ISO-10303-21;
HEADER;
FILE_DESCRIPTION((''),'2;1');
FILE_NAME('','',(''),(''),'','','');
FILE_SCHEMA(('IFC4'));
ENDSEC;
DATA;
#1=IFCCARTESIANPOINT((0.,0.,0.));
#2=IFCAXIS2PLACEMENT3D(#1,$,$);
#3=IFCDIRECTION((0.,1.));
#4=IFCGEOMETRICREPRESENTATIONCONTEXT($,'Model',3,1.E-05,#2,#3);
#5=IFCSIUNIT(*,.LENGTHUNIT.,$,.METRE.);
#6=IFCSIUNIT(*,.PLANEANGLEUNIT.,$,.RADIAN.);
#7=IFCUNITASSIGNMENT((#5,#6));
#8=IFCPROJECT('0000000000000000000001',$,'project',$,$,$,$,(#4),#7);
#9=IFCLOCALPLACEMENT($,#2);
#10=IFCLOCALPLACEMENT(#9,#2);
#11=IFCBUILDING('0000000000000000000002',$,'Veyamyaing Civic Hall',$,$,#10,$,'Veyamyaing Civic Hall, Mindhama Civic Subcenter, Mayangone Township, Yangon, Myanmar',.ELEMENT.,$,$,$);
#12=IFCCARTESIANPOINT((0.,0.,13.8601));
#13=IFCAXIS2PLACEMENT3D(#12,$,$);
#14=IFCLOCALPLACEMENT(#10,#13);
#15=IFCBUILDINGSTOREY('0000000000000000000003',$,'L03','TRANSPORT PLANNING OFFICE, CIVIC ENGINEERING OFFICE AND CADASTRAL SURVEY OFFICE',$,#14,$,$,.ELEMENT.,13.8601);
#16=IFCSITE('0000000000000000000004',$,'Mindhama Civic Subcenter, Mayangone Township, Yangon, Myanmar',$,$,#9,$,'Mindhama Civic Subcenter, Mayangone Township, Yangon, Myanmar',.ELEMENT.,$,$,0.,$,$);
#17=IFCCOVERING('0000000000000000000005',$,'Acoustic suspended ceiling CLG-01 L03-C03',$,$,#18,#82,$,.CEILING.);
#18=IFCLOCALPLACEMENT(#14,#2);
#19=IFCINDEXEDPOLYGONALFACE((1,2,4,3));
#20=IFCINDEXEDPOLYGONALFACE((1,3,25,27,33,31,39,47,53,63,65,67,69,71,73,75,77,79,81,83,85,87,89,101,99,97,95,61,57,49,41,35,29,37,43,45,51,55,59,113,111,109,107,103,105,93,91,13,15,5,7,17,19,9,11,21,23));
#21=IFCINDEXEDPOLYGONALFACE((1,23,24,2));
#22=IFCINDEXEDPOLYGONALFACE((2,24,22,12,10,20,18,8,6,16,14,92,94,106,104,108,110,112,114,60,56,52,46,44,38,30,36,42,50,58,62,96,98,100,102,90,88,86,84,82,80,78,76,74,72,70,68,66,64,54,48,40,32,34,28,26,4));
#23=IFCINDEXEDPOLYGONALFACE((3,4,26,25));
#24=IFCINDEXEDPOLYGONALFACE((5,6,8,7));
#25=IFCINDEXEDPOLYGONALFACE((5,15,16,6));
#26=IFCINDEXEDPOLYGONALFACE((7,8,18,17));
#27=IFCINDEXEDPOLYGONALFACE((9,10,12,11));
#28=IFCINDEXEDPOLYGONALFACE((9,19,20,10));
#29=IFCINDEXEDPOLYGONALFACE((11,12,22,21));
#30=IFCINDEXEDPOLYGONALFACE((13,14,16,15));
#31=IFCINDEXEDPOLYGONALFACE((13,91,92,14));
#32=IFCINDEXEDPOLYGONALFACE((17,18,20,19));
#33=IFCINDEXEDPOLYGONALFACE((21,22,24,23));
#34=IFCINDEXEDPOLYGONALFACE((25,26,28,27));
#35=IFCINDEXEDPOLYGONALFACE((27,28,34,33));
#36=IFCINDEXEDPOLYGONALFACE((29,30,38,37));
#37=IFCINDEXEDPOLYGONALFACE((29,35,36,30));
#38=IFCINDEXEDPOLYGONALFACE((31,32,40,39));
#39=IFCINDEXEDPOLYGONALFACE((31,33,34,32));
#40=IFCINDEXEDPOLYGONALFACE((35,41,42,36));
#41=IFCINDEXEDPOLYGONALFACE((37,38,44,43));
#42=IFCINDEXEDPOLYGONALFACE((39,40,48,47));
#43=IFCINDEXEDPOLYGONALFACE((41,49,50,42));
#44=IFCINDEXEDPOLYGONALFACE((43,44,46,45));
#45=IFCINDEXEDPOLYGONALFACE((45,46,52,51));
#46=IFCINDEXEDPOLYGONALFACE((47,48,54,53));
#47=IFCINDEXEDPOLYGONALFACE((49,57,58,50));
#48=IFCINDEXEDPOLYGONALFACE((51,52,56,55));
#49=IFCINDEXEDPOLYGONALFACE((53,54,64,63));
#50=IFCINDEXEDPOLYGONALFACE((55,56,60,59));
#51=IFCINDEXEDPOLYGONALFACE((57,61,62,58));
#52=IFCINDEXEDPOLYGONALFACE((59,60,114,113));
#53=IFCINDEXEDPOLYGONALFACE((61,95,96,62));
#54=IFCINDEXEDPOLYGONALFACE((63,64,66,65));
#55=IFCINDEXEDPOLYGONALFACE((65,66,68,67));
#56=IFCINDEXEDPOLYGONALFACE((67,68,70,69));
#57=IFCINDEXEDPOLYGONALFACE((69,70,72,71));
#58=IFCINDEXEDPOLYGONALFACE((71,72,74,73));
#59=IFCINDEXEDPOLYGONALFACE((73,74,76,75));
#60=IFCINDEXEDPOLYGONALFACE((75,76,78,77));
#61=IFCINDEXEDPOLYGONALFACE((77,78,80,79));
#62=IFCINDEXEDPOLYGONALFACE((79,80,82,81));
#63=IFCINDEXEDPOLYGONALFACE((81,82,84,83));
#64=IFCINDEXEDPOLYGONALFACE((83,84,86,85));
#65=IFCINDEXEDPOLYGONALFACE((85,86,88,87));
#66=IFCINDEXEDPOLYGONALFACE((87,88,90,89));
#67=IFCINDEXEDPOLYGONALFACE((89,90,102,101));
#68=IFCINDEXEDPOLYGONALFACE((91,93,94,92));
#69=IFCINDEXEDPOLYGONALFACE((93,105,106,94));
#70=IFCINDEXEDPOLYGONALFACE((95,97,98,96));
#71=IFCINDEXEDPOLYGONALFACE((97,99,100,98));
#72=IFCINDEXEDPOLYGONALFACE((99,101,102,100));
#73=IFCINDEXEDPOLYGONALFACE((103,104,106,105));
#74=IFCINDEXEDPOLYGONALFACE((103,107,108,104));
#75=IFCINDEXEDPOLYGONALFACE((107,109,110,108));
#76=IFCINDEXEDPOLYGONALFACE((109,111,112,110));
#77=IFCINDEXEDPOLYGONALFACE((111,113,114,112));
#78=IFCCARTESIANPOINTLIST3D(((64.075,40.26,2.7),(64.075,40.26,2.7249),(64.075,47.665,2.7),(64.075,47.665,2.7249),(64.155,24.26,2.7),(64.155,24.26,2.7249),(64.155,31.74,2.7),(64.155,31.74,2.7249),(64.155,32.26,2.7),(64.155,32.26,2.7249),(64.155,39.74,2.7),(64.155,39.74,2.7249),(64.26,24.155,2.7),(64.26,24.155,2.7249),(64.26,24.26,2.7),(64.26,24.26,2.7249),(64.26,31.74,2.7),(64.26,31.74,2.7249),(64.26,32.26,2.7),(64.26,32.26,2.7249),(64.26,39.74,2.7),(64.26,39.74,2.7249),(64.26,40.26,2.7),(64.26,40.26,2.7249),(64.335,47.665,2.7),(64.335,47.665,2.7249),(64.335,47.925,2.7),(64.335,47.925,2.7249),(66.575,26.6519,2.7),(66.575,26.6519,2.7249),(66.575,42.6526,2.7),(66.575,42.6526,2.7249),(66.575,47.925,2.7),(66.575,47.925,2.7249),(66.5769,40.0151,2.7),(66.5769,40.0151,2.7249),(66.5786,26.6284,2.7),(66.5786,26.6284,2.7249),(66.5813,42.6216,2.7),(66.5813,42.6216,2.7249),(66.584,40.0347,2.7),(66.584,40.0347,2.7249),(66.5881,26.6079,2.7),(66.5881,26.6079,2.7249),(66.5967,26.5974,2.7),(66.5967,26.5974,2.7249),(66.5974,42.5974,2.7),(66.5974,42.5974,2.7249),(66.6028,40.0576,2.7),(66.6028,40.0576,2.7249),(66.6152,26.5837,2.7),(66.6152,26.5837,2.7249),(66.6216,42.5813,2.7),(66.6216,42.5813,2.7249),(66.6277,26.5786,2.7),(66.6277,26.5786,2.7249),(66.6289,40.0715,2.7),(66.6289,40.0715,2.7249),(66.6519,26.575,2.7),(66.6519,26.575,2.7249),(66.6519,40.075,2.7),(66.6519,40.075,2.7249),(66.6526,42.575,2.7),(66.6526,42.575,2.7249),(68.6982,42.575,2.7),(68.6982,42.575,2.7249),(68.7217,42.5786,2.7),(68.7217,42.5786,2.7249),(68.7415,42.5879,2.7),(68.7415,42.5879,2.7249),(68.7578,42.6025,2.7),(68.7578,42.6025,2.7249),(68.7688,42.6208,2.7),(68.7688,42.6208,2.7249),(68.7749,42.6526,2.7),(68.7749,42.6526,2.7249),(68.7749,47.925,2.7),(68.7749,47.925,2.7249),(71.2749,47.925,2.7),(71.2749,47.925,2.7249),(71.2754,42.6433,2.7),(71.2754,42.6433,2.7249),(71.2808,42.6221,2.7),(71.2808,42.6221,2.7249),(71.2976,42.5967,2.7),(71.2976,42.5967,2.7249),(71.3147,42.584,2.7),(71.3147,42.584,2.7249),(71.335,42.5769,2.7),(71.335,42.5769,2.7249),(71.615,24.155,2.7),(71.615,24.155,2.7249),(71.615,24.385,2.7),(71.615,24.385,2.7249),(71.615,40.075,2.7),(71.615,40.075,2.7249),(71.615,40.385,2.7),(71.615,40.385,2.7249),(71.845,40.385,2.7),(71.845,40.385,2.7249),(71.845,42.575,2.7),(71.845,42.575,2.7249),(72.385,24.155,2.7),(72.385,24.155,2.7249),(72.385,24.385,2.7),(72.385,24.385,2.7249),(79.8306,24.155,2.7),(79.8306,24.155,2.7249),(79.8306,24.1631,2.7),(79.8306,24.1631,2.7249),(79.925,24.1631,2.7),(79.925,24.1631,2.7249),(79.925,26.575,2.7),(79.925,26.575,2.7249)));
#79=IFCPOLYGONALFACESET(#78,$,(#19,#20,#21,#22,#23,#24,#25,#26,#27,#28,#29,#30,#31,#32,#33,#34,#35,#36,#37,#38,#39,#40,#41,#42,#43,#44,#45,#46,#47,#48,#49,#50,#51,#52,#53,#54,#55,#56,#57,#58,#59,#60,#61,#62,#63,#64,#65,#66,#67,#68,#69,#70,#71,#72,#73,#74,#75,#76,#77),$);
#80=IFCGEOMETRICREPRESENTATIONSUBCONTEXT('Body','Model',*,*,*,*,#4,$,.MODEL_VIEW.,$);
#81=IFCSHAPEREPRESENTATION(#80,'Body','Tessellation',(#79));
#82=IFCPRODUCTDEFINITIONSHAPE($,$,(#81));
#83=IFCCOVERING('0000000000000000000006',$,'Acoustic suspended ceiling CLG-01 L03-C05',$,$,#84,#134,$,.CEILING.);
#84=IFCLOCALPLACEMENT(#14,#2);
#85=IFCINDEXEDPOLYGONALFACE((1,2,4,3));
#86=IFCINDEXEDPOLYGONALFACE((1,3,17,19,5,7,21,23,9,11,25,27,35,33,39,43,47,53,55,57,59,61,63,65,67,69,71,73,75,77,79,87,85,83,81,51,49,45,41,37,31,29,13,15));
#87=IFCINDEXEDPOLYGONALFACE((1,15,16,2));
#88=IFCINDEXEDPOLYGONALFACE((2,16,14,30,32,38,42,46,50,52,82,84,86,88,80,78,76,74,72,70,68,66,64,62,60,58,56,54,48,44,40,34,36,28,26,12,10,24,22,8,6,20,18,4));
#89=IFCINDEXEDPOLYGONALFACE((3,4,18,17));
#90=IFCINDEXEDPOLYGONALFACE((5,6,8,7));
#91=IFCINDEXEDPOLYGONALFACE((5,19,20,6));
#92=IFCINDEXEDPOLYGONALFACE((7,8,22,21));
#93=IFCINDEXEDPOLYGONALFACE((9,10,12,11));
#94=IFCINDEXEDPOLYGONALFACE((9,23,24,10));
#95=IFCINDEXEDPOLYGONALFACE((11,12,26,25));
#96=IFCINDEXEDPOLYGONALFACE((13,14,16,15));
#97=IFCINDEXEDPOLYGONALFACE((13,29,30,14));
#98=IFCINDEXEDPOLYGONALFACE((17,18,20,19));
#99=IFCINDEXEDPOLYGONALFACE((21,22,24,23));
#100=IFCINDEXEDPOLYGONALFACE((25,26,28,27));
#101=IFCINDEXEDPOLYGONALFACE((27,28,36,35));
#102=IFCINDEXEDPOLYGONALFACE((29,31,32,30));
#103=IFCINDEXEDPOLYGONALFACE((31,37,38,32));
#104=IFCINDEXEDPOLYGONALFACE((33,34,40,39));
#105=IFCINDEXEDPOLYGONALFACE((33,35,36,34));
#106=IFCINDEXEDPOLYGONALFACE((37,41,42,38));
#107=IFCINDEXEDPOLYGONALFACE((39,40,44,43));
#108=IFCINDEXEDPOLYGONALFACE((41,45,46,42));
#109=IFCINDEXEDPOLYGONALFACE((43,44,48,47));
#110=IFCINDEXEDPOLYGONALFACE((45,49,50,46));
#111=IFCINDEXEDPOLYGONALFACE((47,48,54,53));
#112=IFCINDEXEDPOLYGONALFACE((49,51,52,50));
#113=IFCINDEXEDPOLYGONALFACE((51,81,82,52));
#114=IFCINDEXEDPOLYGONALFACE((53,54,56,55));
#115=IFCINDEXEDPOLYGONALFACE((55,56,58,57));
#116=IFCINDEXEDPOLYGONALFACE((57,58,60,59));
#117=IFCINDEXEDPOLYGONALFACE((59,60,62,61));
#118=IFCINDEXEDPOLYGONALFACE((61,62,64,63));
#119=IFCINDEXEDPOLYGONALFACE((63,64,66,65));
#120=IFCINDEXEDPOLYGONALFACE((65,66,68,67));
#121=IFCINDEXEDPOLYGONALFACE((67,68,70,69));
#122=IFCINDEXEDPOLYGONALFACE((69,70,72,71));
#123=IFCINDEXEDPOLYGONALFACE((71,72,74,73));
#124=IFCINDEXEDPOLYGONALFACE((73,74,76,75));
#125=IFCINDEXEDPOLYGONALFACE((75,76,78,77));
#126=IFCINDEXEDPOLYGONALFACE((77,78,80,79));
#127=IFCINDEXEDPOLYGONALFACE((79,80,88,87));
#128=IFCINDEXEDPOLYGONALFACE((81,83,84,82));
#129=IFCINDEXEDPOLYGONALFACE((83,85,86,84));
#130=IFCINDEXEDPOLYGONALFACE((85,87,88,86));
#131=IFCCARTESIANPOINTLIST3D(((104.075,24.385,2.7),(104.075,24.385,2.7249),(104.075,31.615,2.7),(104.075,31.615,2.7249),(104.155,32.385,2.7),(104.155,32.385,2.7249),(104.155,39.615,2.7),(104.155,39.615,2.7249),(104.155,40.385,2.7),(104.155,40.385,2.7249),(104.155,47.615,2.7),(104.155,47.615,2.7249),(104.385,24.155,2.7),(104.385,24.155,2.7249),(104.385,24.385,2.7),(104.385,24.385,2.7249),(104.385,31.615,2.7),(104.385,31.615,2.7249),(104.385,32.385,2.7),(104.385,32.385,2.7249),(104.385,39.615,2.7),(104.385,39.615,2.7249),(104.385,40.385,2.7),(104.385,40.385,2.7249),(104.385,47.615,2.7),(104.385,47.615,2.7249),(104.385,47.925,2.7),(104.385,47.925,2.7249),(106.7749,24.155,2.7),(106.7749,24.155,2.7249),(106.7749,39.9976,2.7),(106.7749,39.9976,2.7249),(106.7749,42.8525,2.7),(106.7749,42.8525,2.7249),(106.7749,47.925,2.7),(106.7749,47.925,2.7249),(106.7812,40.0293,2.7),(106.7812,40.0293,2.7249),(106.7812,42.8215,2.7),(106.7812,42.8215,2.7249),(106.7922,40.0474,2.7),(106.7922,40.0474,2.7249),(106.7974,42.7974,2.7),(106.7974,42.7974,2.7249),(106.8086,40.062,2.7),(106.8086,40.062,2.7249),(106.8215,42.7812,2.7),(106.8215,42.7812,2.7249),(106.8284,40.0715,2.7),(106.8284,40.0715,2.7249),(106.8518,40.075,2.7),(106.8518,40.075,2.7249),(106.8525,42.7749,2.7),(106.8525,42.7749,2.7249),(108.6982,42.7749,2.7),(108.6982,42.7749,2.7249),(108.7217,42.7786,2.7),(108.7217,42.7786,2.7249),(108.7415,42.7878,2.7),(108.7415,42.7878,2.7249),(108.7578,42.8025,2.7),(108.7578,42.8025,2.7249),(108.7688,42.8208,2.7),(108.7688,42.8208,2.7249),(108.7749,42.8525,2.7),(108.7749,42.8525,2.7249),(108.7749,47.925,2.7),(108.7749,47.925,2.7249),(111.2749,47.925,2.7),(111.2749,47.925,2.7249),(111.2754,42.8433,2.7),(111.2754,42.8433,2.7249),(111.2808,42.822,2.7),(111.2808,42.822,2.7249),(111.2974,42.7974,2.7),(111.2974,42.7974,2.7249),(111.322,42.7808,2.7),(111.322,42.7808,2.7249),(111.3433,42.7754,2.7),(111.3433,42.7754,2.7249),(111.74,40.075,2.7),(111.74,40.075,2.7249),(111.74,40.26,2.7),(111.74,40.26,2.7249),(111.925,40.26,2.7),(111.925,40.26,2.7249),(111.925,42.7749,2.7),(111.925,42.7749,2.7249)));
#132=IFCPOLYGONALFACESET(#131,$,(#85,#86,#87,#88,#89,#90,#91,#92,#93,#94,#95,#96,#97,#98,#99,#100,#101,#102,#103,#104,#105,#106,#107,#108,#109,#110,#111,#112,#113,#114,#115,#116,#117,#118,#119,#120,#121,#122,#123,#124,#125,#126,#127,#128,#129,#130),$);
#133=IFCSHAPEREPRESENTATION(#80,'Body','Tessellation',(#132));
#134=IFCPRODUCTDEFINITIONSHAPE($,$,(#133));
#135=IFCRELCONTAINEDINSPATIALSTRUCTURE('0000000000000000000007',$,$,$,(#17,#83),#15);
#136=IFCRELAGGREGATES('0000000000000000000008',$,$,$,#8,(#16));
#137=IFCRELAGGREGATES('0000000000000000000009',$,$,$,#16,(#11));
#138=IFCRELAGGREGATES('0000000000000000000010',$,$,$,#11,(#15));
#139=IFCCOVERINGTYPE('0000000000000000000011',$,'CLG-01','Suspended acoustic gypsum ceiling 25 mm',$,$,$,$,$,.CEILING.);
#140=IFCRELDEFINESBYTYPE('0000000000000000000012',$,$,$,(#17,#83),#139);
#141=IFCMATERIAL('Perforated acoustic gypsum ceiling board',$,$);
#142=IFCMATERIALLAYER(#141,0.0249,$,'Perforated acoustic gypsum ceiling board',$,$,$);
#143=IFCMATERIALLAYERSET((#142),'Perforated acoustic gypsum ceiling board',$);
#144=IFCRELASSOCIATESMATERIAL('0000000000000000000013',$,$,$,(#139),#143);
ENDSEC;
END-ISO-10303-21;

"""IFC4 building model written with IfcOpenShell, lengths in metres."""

from ifc_helpers import new_model, si_unit, direction, frame, origin, place, context, subcontext, project, spatial, polyline, outline, extrude, material, layer, layer_set, type_object, element, save


model = new_model("IFC4")

# Units and contexts
model_context = context("Model", 3, precision=1e-05, world=origin(), true_north=direction((0.0, 1.0)))
body_context = subcontext(model_context, "Body", "Model", "MODEL_VIEW")
ifc_project = project(units=[si_unit("LENGTHUNIT", "METRE"), si_unit("PLANEANGLEUNIT", "RADIAN")], contexts=[model_context])

# Site, building, storey
site_placement = place(None, origin())
site = spatial("IfcSite", under=ifc_project, at=site_placement, Name="Mindhama Civic Subcenter, Mayangone Township, Yangon, Myanmar", LongName="Mindhama Civic Subcenter, Mayangone Township, Yangon, Myanmar", CompositionType="ELEMENT", RefElevation=0.0)
building_placement = place(site_placement, origin())
building = spatial("IfcBuilding", under=site, at=building_placement, Name="Veyamyaing Civic Hall", LongName="Veyamyaing Civic Hall, Mindhama Civic Subcenter, Mayangone Township, Yangon, Myanmar", CompositionType="ELEMENT")
storey_placement = place(building_placement, frame((0.0, 0.0, 13.8601)))
storey = spatial("IfcBuildingStorey", under=building, at=storey_placement, Name="L03", Description="TRANSPORT PLANNING OFFICE, CIVIC ENGINEERING OFFICE AND CADASTRAL SURVEY OFFICE", CompositionType="ELEMENT", Elevation=13.8601)

# Coverings
ifc_material_1 = material(Name="Perforated acoustic gypsum ceiling board")
ifc_layer_1 = layer(ifc_material_1, 0.0249, Name="Perforated acoustic gypsum ceiling board")
ifc_layer_set_1 = layer_set([ifc_layer_1], Name="Perforated acoustic gypsum ceiling board")
covering_type_1 = type_object("IfcCoveringType", Name="CLG-01", Description="Suspended acoustic gypsum ceiling 25 mm", PredefinedType="CEILING", material=ifc_layer_set_1)
covering_1_placement = place(storey_placement, frame((0.0, 0.0, 2.7)))
element("IfcCovering", 1, at=covering_1_placement, inside=storey, type_object=covering_type_1, Name="Acoustic suspended ceiling CLG-01 L03-C03", PredefinedType="CEILING", context=body_context, shape_type="SweptSolid", body=[
    extrude(outline(polyline([(66.575, 42.6526), (66.5813, 42.6216), (66.5974, 42.5974), (66.6216, 42.5813), (66.6526, 42.575), (68.6982, 42.575), (68.7217, 42.5786), (68.7415, 42.5879), (68.7578, 42.6025), (68.7688, 42.6208), (68.7749, 42.6526), (68.7749, 47.925), (71.2749, 47.925), (71.2754, 42.6433), (71.2808, 42.6221), (71.2976, 42.5967), (71.3147, 42.584), (71.335, 42.5769), (71.845, 42.575), (71.845, 40.385), (71.615, 40.385), (71.615, 40.075), (66.6519, 40.075), (66.6289, 40.0715), (66.6028, 40.0576), (66.584, 40.0347), (66.5769, 40.0151), (66.575, 26.6519), (66.5786, 26.6284), (66.5881, 26.6079), (66.5967, 26.5974), (66.6152, 26.5837), (66.6277, 26.5786), (66.6519, 26.575), (79.925, 26.575), (79.925, 24.1631), (79.8306, 24.1631), (79.8306, 24.155), (72.385, 24.155), (72.385, 24.385), (71.615, 24.385), (71.615, 24.155), (64.26, 24.155), (64.26, 24.26), (64.155, 24.26), (64.155, 31.74), (64.26, 31.74), (64.26, 32.26), (64.155, 32.26), (64.155, 39.74), (64.26, 39.74), (64.26, 40.26), (64.075, 40.26), (64.075, 47.665), (64.335, 47.665), (64.335, 47.925), (66.575, 47.925), (66.575, 42.6526)])), origin(), (0.0, 0.0, 1.0), 0.0249),
])
covering_2_placement = place(storey_placement, frame((0.0, 0.0, 2.7)))
element("IfcCovering", 2, at=covering_2_placement, inside=storey, type_object=covering_type_1, Name="Acoustic suspended ceiling CLG-01 L03-C05", PredefinedType="CEILING", context=body_context, shape_type="SweptSolid", body=[
    extrude(outline(polyline([(106.7749, 42.8525), (106.7812, 42.8215), (106.7974, 42.7974), (106.8215, 42.7812), (106.8525, 42.7749), (108.6982, 42.7749), (108.7217, 42.7786), (108.7415, 42.7878), (108.7578, 42.8025), (108.7688, 42.8208), (108.7749, 42.8525), (108.7749, 47.925), (111.2749, 47.925), (111.2754, 42.8433), (111.2808, 42.822), (111.2974, 42.7974), (111.322, 42.7808), (111.3433, 42.7754), (111.925, 42.7749), (111.925, 40.26), (111.74, 40.26), (111.74, 40.075), (106.8518, 40.075), (106.8284, 40.0715), (106.8086, 40.062), (106.7922, 40.0474), (106.7812, 40.0293), (106.7749, 39.9976), (106.7749, 24.155), (104.385, 24.155), (104.385, 24.385), (104.075, 24.385), (104.075, 31.615), (104.385, 31.615), (104.385, 32.385), (104.155, 32.385), (104.155, 39.615), (104.385, 39.615), (104.385, 40.385), (104.155, 40.385), (104.155, 47.615), (104.385, 47.615), (104.385, 47.925), (106.7749, 47.925), (106.7749, 42.8525)])), origin(), (0.0, 0.0, 1.0), 0.0249),
])

save(model, "model.ifc")
